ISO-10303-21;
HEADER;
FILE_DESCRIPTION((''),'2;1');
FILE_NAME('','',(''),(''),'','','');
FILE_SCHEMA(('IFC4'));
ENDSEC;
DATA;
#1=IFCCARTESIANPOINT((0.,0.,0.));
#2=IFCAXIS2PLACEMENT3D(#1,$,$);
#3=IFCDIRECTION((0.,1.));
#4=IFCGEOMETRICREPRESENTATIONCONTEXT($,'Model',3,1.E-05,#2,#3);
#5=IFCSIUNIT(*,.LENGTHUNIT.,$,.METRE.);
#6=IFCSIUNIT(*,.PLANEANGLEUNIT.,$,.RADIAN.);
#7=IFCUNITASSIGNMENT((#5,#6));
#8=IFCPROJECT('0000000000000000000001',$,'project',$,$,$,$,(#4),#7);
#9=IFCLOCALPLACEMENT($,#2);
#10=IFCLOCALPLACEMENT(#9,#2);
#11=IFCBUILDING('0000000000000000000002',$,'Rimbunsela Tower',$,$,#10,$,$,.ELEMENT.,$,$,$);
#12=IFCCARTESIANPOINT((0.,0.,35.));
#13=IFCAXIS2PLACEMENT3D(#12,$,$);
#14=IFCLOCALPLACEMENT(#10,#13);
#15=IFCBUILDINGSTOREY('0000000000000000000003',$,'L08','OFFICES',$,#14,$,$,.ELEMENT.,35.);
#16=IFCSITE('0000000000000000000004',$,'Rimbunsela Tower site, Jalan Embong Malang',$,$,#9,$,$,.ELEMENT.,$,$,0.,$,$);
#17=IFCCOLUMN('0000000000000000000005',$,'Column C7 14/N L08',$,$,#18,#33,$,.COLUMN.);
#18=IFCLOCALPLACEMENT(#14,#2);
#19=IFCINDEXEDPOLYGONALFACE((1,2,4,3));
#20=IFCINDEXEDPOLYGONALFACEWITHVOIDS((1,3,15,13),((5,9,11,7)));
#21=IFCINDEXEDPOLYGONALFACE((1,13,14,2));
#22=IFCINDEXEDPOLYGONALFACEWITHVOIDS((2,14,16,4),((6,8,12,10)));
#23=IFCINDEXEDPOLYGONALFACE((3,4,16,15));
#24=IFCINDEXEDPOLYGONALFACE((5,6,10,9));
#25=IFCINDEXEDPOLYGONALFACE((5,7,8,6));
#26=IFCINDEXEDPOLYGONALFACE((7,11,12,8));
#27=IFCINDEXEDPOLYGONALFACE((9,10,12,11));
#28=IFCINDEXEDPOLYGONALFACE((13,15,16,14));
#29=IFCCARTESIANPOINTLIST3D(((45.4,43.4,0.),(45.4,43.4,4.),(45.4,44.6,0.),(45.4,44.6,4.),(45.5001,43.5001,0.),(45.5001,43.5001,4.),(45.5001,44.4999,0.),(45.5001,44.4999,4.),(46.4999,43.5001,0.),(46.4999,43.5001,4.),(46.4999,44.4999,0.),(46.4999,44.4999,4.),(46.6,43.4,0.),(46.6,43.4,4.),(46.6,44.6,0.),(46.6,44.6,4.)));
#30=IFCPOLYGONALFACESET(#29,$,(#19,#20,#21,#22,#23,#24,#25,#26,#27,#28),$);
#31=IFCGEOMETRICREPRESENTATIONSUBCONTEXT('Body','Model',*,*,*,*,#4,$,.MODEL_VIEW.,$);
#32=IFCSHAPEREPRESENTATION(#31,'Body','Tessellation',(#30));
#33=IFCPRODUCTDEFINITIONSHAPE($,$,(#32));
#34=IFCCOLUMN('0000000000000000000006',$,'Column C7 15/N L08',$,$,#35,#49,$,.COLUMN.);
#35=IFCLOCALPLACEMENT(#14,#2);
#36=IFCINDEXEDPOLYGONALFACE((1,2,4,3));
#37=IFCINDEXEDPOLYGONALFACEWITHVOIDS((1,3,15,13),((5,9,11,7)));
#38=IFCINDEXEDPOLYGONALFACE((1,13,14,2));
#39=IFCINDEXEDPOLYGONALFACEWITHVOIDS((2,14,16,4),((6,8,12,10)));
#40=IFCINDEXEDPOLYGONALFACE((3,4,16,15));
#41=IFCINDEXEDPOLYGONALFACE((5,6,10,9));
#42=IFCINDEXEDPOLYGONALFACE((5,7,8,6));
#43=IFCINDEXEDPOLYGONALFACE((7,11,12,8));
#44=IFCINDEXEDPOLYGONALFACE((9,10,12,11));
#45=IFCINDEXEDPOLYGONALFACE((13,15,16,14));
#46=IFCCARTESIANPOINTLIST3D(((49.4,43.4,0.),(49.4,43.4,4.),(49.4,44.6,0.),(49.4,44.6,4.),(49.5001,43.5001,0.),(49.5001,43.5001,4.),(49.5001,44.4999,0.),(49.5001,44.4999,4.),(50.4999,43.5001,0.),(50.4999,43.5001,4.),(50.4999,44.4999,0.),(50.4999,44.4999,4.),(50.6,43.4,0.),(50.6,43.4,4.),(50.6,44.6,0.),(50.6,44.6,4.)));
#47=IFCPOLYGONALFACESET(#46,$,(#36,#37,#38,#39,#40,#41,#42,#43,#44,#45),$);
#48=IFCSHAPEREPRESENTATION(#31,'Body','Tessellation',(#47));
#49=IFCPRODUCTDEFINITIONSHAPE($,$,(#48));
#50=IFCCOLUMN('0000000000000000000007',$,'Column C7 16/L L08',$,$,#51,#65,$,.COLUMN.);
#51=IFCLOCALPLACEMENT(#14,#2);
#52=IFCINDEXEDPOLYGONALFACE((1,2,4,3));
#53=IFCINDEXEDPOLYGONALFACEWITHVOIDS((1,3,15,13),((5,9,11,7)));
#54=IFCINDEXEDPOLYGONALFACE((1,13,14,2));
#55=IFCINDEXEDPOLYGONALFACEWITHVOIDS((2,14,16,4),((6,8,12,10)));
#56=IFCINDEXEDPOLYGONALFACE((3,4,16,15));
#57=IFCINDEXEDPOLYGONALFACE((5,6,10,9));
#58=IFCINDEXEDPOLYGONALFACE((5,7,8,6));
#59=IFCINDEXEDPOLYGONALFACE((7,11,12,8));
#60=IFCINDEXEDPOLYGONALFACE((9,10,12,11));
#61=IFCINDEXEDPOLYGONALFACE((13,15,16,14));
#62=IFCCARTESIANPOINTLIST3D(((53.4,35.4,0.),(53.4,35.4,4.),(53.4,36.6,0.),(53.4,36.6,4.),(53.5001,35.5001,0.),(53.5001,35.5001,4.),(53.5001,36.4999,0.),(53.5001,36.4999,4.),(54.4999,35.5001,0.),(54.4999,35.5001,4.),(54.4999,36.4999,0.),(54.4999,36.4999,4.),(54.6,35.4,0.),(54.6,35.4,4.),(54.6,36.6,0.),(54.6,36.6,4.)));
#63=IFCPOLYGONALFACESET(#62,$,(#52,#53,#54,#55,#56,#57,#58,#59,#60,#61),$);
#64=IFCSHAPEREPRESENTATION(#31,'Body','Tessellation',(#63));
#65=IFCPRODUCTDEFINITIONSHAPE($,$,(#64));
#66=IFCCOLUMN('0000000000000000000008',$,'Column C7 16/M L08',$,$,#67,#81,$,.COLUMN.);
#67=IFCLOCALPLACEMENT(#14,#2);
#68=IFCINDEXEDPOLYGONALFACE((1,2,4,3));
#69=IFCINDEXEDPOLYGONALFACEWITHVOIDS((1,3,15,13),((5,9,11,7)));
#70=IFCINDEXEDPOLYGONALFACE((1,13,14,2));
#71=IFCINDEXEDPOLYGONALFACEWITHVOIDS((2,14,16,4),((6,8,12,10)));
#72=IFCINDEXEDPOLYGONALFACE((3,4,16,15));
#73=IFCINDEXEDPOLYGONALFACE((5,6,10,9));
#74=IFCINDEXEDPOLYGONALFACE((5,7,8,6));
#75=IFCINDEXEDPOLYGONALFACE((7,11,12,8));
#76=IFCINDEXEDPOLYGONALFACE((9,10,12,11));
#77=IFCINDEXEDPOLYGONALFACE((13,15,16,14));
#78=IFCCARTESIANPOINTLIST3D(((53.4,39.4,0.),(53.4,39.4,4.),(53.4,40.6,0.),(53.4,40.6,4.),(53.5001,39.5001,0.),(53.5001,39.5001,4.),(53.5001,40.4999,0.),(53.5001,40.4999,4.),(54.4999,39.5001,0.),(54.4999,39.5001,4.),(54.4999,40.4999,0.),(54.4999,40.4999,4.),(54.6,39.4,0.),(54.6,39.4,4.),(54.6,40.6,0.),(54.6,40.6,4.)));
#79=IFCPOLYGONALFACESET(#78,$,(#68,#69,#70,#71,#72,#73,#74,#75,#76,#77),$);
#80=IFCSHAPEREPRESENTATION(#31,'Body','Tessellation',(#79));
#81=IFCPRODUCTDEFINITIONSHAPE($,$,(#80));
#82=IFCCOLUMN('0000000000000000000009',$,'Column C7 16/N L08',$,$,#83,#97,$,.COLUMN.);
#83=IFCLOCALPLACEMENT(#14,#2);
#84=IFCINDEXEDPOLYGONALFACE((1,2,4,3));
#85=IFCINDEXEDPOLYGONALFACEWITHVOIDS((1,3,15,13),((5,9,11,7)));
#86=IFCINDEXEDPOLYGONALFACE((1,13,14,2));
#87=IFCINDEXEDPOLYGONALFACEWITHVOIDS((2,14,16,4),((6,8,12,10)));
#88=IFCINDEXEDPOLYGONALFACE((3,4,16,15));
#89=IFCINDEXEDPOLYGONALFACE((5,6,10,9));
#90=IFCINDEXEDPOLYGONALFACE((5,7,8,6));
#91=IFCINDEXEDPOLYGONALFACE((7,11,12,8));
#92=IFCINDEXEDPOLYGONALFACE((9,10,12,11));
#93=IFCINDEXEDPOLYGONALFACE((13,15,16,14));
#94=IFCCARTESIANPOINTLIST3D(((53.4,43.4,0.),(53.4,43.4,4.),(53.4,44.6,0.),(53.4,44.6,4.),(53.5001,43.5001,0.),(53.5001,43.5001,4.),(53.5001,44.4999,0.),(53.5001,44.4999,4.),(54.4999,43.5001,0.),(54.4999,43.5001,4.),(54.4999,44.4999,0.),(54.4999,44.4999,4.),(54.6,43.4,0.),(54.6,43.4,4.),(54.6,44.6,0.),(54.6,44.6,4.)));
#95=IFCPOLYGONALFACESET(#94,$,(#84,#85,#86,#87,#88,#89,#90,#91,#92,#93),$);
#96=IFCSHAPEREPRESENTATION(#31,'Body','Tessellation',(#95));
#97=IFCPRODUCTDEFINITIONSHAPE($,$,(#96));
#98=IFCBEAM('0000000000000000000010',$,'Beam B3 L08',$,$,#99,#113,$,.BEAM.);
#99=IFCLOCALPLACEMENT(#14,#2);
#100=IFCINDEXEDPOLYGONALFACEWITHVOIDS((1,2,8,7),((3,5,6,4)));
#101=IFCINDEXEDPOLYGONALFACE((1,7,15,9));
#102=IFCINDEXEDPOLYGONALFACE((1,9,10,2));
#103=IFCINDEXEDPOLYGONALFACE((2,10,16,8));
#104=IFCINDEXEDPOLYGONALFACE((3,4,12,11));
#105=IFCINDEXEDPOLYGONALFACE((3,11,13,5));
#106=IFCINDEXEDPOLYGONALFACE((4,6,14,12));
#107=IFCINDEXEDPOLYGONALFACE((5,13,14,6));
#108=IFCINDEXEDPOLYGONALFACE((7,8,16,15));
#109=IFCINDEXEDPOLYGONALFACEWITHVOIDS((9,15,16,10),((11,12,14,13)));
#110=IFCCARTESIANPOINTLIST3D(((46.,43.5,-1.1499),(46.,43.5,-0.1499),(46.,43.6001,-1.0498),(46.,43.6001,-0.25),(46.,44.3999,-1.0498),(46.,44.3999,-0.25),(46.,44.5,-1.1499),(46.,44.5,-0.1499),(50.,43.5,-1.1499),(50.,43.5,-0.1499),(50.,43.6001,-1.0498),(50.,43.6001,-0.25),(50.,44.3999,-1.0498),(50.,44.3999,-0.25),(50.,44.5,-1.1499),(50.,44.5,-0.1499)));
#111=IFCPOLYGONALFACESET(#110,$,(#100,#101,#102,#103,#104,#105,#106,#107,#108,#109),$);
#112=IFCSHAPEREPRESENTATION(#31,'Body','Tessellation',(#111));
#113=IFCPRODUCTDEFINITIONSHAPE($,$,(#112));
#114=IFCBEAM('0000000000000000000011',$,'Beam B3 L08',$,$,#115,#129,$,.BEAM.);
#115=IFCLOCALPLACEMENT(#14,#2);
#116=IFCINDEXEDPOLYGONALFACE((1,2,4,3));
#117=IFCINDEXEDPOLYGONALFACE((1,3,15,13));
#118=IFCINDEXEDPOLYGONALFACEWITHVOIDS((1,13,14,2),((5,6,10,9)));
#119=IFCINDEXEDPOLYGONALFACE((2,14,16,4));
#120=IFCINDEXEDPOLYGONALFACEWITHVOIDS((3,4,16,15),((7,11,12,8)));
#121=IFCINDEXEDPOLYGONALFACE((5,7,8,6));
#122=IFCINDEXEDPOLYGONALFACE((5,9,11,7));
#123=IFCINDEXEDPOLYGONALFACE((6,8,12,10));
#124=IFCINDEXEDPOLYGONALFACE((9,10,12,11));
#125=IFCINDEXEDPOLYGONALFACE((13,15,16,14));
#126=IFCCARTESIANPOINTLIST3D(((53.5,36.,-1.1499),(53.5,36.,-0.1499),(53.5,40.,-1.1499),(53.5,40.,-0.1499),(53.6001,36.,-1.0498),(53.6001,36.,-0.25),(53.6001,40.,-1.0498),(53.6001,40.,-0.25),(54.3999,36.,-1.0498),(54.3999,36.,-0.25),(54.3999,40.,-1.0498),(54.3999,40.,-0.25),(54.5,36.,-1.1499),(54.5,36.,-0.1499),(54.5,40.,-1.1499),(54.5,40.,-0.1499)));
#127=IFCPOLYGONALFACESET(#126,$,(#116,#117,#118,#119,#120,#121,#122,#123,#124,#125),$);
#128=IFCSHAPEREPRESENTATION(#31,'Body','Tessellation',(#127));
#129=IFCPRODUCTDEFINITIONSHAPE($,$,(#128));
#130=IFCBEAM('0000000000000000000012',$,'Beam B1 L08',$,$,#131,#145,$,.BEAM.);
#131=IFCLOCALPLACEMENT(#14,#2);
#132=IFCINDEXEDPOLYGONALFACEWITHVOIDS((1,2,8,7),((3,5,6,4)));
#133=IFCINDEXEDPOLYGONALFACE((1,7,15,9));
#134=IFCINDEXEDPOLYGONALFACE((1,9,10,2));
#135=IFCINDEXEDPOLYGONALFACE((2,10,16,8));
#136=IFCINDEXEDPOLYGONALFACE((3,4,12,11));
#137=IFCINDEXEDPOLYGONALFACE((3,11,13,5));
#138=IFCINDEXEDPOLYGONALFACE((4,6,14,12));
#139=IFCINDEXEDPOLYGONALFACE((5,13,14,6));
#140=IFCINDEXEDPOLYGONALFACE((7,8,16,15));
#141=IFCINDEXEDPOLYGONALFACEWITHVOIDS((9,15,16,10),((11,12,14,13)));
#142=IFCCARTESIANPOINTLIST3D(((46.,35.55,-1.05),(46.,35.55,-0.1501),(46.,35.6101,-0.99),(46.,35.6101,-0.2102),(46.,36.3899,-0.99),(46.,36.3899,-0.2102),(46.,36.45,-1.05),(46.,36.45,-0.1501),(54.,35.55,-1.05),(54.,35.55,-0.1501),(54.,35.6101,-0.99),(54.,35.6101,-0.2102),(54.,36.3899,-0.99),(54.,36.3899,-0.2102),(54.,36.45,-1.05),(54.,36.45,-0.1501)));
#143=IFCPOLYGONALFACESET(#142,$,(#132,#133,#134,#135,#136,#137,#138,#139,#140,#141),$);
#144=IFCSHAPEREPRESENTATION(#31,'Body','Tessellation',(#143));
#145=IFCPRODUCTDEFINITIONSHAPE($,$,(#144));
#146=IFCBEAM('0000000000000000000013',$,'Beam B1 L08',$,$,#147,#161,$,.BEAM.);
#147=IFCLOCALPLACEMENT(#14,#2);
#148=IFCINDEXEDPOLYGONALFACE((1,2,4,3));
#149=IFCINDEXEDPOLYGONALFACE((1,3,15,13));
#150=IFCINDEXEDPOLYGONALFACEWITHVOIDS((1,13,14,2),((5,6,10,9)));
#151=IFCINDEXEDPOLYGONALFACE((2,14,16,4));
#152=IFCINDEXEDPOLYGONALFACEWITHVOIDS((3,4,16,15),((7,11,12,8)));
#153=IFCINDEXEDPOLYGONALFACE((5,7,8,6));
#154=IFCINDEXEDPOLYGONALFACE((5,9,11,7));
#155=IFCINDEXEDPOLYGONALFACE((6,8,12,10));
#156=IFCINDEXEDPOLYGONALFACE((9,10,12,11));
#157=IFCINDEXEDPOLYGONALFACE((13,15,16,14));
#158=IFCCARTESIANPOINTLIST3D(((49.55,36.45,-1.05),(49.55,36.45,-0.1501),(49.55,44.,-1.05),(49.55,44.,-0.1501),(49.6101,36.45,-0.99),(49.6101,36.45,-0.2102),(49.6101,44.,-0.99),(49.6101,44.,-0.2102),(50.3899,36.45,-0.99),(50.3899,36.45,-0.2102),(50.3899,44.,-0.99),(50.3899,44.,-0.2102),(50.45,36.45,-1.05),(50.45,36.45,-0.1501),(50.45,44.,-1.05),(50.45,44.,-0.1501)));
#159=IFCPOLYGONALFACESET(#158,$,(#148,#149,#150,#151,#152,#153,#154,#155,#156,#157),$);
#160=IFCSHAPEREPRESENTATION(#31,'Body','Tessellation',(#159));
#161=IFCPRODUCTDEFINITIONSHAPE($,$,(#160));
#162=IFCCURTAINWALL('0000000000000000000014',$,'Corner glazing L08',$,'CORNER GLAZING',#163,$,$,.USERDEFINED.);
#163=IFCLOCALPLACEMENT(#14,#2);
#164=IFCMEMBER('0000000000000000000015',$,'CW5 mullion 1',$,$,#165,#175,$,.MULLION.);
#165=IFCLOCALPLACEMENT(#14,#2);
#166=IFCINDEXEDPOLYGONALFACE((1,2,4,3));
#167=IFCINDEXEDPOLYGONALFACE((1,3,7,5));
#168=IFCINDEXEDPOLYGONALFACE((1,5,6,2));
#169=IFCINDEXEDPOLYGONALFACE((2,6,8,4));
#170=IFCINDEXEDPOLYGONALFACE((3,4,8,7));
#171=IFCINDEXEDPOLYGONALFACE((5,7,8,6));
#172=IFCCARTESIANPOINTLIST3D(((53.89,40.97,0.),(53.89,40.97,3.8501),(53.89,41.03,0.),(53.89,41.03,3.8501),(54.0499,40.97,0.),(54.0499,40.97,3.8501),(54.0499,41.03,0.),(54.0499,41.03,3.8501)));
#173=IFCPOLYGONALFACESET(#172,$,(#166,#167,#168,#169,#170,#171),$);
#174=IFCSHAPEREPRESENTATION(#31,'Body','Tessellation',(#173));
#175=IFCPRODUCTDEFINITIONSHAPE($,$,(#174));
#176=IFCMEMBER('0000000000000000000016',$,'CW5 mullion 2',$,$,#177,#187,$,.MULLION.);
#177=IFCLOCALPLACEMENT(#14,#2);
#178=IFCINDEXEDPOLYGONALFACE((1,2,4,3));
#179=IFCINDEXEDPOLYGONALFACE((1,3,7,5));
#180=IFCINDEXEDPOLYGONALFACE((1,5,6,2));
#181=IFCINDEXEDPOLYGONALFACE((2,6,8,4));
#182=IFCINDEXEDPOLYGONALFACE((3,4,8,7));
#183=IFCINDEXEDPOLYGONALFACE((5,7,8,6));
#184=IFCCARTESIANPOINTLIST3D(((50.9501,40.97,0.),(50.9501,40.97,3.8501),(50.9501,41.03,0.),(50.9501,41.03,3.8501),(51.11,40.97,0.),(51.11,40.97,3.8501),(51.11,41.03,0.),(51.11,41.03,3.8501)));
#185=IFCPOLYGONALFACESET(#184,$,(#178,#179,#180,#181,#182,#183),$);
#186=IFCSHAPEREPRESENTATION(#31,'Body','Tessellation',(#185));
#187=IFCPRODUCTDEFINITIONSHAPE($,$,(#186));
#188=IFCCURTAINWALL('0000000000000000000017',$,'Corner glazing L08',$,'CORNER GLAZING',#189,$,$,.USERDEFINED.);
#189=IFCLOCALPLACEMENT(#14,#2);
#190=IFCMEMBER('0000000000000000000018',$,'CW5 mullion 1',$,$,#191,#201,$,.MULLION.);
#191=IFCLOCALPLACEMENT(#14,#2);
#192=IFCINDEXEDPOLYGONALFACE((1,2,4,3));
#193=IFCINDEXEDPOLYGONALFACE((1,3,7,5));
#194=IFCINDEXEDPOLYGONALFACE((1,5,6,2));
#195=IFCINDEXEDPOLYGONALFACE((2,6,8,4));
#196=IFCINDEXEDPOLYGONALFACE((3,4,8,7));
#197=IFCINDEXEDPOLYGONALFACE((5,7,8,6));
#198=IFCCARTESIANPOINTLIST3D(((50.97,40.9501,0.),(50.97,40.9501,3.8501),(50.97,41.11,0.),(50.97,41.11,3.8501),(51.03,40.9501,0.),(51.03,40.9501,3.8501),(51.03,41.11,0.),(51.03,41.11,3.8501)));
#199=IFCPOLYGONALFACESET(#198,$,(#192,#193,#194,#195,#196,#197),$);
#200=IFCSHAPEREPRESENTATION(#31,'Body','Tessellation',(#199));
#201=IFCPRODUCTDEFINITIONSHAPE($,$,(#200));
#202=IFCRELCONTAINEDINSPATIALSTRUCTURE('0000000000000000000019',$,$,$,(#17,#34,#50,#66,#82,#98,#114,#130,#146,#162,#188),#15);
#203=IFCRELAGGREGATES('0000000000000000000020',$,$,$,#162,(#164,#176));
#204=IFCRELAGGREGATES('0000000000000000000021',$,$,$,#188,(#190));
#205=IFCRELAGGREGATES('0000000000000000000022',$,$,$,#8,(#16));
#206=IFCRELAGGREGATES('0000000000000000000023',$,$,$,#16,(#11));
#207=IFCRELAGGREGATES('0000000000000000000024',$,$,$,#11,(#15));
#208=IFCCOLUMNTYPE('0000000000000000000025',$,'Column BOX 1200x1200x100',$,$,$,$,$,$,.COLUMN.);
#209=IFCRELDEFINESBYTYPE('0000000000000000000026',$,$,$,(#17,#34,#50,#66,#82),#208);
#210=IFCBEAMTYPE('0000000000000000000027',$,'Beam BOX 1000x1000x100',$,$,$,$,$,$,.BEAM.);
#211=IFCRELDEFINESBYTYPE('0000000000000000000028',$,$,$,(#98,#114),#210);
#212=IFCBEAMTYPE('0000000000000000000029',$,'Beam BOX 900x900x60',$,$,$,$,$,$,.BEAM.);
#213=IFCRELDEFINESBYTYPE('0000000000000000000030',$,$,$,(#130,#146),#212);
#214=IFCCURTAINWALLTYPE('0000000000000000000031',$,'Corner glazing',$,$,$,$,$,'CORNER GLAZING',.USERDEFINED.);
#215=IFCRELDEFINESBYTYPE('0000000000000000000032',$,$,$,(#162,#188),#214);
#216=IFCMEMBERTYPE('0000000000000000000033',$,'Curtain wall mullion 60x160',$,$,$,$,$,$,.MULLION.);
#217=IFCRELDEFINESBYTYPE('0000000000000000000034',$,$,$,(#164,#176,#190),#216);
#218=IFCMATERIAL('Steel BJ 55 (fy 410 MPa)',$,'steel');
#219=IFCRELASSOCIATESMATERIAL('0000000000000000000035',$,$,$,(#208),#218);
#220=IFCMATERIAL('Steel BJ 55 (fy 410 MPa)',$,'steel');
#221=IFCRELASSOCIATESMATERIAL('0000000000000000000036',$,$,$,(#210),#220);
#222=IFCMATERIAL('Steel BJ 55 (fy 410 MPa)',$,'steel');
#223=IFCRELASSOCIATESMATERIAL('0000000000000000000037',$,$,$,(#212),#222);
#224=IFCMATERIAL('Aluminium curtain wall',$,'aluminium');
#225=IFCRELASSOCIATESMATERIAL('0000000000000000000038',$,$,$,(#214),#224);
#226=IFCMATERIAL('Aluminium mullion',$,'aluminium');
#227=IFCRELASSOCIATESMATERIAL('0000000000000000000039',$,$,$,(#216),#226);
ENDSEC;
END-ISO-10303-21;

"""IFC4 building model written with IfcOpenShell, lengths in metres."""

from ifc_helpers import new_model, si_unit, direction, frame, origin, origin_2d, place, context, subcontext, project, spatial, rectangle, hollow_rectangle, extrude, material, material_profile, profile_set, type_object, element, aggregate, save


model = new_model("IFC4")

# Units and contexts
model_context = context("Model", 3, precision=1e-05, world=origin(), true_north=direction((0.0, 1.0)))
body_context = subcontext(model_context, "Body", "Model", "MODEL_VIEW")
ifc_project = project(units=[si_unit("LENGTHUNIT", "METRE"), si_unit("PLANEANGLEUNIT", "RADIAN")], contexts=[model_context])

# Site, building, storey
site_placement = place(None, origin())
site = spatial("IfcSite", under=ifc_project, at=site_placement, Name="Rimbunsela Tower site, Jalan Embong Malang", CompositionType="ELEMENT", RefElevation=0.0)
building_placement = place(site_placement, origin())
building = spatial("IfcBuilding", under=site, at=building_placement, Name="Rimbunsela Tower", CompositionType="ELEMENT")
storey_placement = place(building_placement, frame((0.0, 0.0, 35.0)))
storey = spatial("IfcBuildingStorey", under=building, at=storey_placement, Name="L08", Description="OFFICES", CompositionType="ELEMENT", Elevation=35.0)

# Columns
ifc_material_1 = material(Name="Steel BJ 55 (fy 410 MPa)", Category="steel")
ifc_material_profile_1 = material_profile(ifc_material_1, hollow_rectangle(XDim=1.2, YDim=1.2, WallThickness=0.1001, at=origin_2d()), Name="BOX 1200x1200x100")
ifc_profile_set_1 = profile_set([ifc_material_profile_1], Name="Steel BJ 55 (fy 410 MPa)")
column_type = type_object("IfcColumnType", Name="Column BOX 1200x1200x100", PredefinedType="COLUMN", material=ifc_profile_set_1)
for number, where, z_axis, x_axis, name in (
    (1, (46.0, 44.0, 0.0), (0.0, 0.0, 1.0), (1.0, 0.0, 0.0), "Column C7 14/N L08"),
    (2, (50.0, 44.0, 0.0), (0.0, 0.0, 1.0), (1.0, 0.0, 0.0), "Column C7 15/N L08"),
    (3, (54.0, 36.0, 0.0), (0.0, 0.0, 1.0), (1.0, 0.0, 0.0), "Column C7 16/L L08"),
    (4, (54.0, 40.0, 0.0), (0.0, 0.0, 1.0), (1.0, 0.0, 0.0), "Column C7 16/M L08"),
    (5, (54.0, 44.0, 0.0), (0.0, 0.0, 1.0), (1.0, 0.0, 0.0), "Column C7 16/N L08"),
):
    element("IfcColumn", number, at=place(storey_placement, frame(where, z_axis=z_axis, x_axis=x_axis)), inside=storey, type_object=column_type, Name=name, PredefinedType="COLUMN", context=body_context, shape_type="SweptSolid", body=[
        extrude(hollow_rectangle(XDim=1.2, YDim=1.2, WallThickness=0.1001, at=origin_2d()), origin(), (0.0, 0.0, 1.0), 4.0),
    ])

# Beams
ifc_material_2 = material(Name="Steel BJ 55 (fy 410 MPa)", Category="steel")
ifc_material_profile_2 = material_profile(ifc_material_2, hollow_rectangle(XDim=1.0, YDim=1.0, WallThickness=0.1001, at=origin_2d()), Name="BOX 1000x1000x100")
ifc_profile_set_2 = profile_set([ifc_material_profile_2], Name="Steel BJ 55 (fy 410 MPa)")
beam_type_1 = type_object("IfcBeamType", Name="Beam BOX 1000x1000x100", PredefinedType="BEAM", material=ifc_profile_set_2)
for number, where, z_axis, x_axis, name in (
    (6, (46.0, 44.0, -0.6499), (1.0, 0.0, 0.0), (0.0, 1.0, 0.0), "Beam B3 L08"),
    (7, (54.0, 36.0, -0.6499), (0.0, 1.0, 0.0), (-1.0, 0.0, 0.0), "Beam B3 L08"),
):
    element("IfcBeam", number, at=place(storey_placement, frame(where, z_axis=z_axis, x_axis=x_axis)), inside=storey, type_object=beam_type_1, Name=name, PredefinedType="BEAM", context=body_context, shape_type="SweptSolid", body=[
        extrude(hollow_rectangle(XDim=1.0, YDim=1.0, WallThickness=0.1001, at=origin_2d()), origin(), (0.0, 0.0, 1.0), 4.0),
    ])
ifc_material_3 = material(Name="Steel BJ 55 (fy 410 MPa)", Category="steel")
ifc_material_profile_3 = material_profile(ifc_material_3, hollow_rectangle(XDim=0.8999, YDim=0.8999, WallThickness=0.0601, at=origin_2d()), Name="BOX 900x900x60")
ifc_profile_set_3 = profile_set([ifc_material_profile_3], Name="Steel BJ 55 (fy 410 MPa)")
beam_type_2 = type_object("IfcBeamType", Name="Beam BOX 900x900x60", PredefinedType="BEAM", material=ifc_profile_set_3)
beam_1_placement = place(storey_placement, frame((46.0, 36.0, -0.6001), z_axis=(1.0, 0.0, 0.0), x_axis=(0.0, 1.0, 0.0)))
element("IfcBeam", 8, at=beam_1_placement, inside=storey, type_object=beam_type_2, Name="Beam B1 L08", PredefinedType="BEAM", context=body_context, shape_type="SweptSolid", body=[
    extrude(hollow_rectangle(XDim=0.8999, YDim=0.8999, WallThickness=0.0601, at=origin_2d()), origin(), (0.0, 0.0, 1.0), 8.0),
])
beam_2_placement = place(storey_placement, frame((50.0, 36.45, -0.6001), z_axis=(0.0, 1.0, 0.0), x_axis=(-1.0, 0.0, 0.0)))
element("IfcBeam", 9, at=beam_2_placement, inside=storey, type_object=beam_type_2, Name="Beam B1 L08", PredefinedType="BEAM", context=body_context, shape_type="SweptSolid", body=[
    extrude(hollow_rectangle(XDim=0.8999, YDim=0.8999, WallThickness=0.0601, at=origin_2d()), origin(), (0.0, 0.0, 1.0), 7.55),
])

# Curtain walls, members
ifc_material_4 = material(Name="Aluminium curtain wall", Category="aluminium")
curtain_wall_type = type_object("IfcCurtainWallType", Name="Corner glazing", ElementType="CORNER GLAZING", PredefinedType="USERDEFINED", material=ifc_material_4)
curtain_wall_1_placement = place(storey_placement, origin())
curtain_wall_1 = element("IfcCurtainWall", 10, at=curtain_wall_1_placement, inside=storey, type_object=curtain_wall_type, Name="Corner glazing L08", ObjectType="CORNER GLAZING", PredefinedType="USERDEFINED")
ifc_material_5 = material(Name="Aluminium mullion", Category="aluminium")
ifc_material_profile_4 = material_profile(ifc_material_5, rectangle(XDim=0.0601, YDim=0.1599, at=origin_2d()), Name="Mullion 60x160")
ifc_profile_set_4 = profile_set([ifc_material_profile_4], Name="Aluminium mullion")
member_type_1 = type_object("IfcMemberType", Name="Curtain wall mullion 60x160", PredefinedType="MULLION", material=ifc_profile_set_4)
member_1_placement = place(storey_placement, frame((53.97, 41.0, 0.0), z_axis=(0.0, 0.0, 1.0), x_axis=(0.0, -1.0, 0.0)))
member_1 = element("IfcMember", 11, at=member_1_placement, type_object=member_type_1, Name="CW5 mullion 1", PredefinedType="MULLION", context=body_context, shape_type="SweptSolid", body=[
    extrude(rectangle(XDim=0.0601, YDim=0.1599, at=origin_2d()), origin(), (0.0, 0.0, 1.0), 3.8501),
])
member_2_placement = place(storey_placement, frame((51.03, 41.0, 0.0), z_axis=(0.0, 0.0, 1.0), x_axis=(0.0, -1.0, 0.0)))
member_2 = element("IfcMember", 12, at=member_2_placement, type_object=member_type_1, Name="CW5 mullion 2", PredefinedType="MULLION", context=body_context, shape_type="SweptSolid", body=[
    extrude(rectangle(XDim=0.0601, YDim=0.1599, at=origin_2d()), origin(), (0.0, 0.0, 1.0), 3.8501),
])
curtain_wall_2_placement = place(storey_placement, origin())
curtain_wall_2 = element("IfcCurtainWall", 13, at=curtain_wall_2_placement, inside=storey, type_object=curtain_wall_type, Name="Corner glazing L08", ObjectType="CORNER GLAZING", PredefinedType="USERDEFINED")
member_3_placement = place(storey_placement, frame((51.0, 41.03, 0.0), z_axis=(0.0, 0.0, 1.0), x_axis=(-1.0, 0.0, 0.0)))
member_3 = element("IfcMember", 14, at=member_3_placement, type_object=member_type_1, Name="CW5 mullion 1", PredefinedType="MULLION", context=body_context, shape_type="SweptSolid", body=[
    extrude(rectangle(XDim=0.0601, YDim=0.1599, at=origin_2d()), origin(), (0.0, 0.0, 1.0), 3.8501),
])

aggregate(curtain_wall_1, [member_1, member_2])
aggregate(curtain_wall_2, [member_3])

save(model, "model.ifc")
